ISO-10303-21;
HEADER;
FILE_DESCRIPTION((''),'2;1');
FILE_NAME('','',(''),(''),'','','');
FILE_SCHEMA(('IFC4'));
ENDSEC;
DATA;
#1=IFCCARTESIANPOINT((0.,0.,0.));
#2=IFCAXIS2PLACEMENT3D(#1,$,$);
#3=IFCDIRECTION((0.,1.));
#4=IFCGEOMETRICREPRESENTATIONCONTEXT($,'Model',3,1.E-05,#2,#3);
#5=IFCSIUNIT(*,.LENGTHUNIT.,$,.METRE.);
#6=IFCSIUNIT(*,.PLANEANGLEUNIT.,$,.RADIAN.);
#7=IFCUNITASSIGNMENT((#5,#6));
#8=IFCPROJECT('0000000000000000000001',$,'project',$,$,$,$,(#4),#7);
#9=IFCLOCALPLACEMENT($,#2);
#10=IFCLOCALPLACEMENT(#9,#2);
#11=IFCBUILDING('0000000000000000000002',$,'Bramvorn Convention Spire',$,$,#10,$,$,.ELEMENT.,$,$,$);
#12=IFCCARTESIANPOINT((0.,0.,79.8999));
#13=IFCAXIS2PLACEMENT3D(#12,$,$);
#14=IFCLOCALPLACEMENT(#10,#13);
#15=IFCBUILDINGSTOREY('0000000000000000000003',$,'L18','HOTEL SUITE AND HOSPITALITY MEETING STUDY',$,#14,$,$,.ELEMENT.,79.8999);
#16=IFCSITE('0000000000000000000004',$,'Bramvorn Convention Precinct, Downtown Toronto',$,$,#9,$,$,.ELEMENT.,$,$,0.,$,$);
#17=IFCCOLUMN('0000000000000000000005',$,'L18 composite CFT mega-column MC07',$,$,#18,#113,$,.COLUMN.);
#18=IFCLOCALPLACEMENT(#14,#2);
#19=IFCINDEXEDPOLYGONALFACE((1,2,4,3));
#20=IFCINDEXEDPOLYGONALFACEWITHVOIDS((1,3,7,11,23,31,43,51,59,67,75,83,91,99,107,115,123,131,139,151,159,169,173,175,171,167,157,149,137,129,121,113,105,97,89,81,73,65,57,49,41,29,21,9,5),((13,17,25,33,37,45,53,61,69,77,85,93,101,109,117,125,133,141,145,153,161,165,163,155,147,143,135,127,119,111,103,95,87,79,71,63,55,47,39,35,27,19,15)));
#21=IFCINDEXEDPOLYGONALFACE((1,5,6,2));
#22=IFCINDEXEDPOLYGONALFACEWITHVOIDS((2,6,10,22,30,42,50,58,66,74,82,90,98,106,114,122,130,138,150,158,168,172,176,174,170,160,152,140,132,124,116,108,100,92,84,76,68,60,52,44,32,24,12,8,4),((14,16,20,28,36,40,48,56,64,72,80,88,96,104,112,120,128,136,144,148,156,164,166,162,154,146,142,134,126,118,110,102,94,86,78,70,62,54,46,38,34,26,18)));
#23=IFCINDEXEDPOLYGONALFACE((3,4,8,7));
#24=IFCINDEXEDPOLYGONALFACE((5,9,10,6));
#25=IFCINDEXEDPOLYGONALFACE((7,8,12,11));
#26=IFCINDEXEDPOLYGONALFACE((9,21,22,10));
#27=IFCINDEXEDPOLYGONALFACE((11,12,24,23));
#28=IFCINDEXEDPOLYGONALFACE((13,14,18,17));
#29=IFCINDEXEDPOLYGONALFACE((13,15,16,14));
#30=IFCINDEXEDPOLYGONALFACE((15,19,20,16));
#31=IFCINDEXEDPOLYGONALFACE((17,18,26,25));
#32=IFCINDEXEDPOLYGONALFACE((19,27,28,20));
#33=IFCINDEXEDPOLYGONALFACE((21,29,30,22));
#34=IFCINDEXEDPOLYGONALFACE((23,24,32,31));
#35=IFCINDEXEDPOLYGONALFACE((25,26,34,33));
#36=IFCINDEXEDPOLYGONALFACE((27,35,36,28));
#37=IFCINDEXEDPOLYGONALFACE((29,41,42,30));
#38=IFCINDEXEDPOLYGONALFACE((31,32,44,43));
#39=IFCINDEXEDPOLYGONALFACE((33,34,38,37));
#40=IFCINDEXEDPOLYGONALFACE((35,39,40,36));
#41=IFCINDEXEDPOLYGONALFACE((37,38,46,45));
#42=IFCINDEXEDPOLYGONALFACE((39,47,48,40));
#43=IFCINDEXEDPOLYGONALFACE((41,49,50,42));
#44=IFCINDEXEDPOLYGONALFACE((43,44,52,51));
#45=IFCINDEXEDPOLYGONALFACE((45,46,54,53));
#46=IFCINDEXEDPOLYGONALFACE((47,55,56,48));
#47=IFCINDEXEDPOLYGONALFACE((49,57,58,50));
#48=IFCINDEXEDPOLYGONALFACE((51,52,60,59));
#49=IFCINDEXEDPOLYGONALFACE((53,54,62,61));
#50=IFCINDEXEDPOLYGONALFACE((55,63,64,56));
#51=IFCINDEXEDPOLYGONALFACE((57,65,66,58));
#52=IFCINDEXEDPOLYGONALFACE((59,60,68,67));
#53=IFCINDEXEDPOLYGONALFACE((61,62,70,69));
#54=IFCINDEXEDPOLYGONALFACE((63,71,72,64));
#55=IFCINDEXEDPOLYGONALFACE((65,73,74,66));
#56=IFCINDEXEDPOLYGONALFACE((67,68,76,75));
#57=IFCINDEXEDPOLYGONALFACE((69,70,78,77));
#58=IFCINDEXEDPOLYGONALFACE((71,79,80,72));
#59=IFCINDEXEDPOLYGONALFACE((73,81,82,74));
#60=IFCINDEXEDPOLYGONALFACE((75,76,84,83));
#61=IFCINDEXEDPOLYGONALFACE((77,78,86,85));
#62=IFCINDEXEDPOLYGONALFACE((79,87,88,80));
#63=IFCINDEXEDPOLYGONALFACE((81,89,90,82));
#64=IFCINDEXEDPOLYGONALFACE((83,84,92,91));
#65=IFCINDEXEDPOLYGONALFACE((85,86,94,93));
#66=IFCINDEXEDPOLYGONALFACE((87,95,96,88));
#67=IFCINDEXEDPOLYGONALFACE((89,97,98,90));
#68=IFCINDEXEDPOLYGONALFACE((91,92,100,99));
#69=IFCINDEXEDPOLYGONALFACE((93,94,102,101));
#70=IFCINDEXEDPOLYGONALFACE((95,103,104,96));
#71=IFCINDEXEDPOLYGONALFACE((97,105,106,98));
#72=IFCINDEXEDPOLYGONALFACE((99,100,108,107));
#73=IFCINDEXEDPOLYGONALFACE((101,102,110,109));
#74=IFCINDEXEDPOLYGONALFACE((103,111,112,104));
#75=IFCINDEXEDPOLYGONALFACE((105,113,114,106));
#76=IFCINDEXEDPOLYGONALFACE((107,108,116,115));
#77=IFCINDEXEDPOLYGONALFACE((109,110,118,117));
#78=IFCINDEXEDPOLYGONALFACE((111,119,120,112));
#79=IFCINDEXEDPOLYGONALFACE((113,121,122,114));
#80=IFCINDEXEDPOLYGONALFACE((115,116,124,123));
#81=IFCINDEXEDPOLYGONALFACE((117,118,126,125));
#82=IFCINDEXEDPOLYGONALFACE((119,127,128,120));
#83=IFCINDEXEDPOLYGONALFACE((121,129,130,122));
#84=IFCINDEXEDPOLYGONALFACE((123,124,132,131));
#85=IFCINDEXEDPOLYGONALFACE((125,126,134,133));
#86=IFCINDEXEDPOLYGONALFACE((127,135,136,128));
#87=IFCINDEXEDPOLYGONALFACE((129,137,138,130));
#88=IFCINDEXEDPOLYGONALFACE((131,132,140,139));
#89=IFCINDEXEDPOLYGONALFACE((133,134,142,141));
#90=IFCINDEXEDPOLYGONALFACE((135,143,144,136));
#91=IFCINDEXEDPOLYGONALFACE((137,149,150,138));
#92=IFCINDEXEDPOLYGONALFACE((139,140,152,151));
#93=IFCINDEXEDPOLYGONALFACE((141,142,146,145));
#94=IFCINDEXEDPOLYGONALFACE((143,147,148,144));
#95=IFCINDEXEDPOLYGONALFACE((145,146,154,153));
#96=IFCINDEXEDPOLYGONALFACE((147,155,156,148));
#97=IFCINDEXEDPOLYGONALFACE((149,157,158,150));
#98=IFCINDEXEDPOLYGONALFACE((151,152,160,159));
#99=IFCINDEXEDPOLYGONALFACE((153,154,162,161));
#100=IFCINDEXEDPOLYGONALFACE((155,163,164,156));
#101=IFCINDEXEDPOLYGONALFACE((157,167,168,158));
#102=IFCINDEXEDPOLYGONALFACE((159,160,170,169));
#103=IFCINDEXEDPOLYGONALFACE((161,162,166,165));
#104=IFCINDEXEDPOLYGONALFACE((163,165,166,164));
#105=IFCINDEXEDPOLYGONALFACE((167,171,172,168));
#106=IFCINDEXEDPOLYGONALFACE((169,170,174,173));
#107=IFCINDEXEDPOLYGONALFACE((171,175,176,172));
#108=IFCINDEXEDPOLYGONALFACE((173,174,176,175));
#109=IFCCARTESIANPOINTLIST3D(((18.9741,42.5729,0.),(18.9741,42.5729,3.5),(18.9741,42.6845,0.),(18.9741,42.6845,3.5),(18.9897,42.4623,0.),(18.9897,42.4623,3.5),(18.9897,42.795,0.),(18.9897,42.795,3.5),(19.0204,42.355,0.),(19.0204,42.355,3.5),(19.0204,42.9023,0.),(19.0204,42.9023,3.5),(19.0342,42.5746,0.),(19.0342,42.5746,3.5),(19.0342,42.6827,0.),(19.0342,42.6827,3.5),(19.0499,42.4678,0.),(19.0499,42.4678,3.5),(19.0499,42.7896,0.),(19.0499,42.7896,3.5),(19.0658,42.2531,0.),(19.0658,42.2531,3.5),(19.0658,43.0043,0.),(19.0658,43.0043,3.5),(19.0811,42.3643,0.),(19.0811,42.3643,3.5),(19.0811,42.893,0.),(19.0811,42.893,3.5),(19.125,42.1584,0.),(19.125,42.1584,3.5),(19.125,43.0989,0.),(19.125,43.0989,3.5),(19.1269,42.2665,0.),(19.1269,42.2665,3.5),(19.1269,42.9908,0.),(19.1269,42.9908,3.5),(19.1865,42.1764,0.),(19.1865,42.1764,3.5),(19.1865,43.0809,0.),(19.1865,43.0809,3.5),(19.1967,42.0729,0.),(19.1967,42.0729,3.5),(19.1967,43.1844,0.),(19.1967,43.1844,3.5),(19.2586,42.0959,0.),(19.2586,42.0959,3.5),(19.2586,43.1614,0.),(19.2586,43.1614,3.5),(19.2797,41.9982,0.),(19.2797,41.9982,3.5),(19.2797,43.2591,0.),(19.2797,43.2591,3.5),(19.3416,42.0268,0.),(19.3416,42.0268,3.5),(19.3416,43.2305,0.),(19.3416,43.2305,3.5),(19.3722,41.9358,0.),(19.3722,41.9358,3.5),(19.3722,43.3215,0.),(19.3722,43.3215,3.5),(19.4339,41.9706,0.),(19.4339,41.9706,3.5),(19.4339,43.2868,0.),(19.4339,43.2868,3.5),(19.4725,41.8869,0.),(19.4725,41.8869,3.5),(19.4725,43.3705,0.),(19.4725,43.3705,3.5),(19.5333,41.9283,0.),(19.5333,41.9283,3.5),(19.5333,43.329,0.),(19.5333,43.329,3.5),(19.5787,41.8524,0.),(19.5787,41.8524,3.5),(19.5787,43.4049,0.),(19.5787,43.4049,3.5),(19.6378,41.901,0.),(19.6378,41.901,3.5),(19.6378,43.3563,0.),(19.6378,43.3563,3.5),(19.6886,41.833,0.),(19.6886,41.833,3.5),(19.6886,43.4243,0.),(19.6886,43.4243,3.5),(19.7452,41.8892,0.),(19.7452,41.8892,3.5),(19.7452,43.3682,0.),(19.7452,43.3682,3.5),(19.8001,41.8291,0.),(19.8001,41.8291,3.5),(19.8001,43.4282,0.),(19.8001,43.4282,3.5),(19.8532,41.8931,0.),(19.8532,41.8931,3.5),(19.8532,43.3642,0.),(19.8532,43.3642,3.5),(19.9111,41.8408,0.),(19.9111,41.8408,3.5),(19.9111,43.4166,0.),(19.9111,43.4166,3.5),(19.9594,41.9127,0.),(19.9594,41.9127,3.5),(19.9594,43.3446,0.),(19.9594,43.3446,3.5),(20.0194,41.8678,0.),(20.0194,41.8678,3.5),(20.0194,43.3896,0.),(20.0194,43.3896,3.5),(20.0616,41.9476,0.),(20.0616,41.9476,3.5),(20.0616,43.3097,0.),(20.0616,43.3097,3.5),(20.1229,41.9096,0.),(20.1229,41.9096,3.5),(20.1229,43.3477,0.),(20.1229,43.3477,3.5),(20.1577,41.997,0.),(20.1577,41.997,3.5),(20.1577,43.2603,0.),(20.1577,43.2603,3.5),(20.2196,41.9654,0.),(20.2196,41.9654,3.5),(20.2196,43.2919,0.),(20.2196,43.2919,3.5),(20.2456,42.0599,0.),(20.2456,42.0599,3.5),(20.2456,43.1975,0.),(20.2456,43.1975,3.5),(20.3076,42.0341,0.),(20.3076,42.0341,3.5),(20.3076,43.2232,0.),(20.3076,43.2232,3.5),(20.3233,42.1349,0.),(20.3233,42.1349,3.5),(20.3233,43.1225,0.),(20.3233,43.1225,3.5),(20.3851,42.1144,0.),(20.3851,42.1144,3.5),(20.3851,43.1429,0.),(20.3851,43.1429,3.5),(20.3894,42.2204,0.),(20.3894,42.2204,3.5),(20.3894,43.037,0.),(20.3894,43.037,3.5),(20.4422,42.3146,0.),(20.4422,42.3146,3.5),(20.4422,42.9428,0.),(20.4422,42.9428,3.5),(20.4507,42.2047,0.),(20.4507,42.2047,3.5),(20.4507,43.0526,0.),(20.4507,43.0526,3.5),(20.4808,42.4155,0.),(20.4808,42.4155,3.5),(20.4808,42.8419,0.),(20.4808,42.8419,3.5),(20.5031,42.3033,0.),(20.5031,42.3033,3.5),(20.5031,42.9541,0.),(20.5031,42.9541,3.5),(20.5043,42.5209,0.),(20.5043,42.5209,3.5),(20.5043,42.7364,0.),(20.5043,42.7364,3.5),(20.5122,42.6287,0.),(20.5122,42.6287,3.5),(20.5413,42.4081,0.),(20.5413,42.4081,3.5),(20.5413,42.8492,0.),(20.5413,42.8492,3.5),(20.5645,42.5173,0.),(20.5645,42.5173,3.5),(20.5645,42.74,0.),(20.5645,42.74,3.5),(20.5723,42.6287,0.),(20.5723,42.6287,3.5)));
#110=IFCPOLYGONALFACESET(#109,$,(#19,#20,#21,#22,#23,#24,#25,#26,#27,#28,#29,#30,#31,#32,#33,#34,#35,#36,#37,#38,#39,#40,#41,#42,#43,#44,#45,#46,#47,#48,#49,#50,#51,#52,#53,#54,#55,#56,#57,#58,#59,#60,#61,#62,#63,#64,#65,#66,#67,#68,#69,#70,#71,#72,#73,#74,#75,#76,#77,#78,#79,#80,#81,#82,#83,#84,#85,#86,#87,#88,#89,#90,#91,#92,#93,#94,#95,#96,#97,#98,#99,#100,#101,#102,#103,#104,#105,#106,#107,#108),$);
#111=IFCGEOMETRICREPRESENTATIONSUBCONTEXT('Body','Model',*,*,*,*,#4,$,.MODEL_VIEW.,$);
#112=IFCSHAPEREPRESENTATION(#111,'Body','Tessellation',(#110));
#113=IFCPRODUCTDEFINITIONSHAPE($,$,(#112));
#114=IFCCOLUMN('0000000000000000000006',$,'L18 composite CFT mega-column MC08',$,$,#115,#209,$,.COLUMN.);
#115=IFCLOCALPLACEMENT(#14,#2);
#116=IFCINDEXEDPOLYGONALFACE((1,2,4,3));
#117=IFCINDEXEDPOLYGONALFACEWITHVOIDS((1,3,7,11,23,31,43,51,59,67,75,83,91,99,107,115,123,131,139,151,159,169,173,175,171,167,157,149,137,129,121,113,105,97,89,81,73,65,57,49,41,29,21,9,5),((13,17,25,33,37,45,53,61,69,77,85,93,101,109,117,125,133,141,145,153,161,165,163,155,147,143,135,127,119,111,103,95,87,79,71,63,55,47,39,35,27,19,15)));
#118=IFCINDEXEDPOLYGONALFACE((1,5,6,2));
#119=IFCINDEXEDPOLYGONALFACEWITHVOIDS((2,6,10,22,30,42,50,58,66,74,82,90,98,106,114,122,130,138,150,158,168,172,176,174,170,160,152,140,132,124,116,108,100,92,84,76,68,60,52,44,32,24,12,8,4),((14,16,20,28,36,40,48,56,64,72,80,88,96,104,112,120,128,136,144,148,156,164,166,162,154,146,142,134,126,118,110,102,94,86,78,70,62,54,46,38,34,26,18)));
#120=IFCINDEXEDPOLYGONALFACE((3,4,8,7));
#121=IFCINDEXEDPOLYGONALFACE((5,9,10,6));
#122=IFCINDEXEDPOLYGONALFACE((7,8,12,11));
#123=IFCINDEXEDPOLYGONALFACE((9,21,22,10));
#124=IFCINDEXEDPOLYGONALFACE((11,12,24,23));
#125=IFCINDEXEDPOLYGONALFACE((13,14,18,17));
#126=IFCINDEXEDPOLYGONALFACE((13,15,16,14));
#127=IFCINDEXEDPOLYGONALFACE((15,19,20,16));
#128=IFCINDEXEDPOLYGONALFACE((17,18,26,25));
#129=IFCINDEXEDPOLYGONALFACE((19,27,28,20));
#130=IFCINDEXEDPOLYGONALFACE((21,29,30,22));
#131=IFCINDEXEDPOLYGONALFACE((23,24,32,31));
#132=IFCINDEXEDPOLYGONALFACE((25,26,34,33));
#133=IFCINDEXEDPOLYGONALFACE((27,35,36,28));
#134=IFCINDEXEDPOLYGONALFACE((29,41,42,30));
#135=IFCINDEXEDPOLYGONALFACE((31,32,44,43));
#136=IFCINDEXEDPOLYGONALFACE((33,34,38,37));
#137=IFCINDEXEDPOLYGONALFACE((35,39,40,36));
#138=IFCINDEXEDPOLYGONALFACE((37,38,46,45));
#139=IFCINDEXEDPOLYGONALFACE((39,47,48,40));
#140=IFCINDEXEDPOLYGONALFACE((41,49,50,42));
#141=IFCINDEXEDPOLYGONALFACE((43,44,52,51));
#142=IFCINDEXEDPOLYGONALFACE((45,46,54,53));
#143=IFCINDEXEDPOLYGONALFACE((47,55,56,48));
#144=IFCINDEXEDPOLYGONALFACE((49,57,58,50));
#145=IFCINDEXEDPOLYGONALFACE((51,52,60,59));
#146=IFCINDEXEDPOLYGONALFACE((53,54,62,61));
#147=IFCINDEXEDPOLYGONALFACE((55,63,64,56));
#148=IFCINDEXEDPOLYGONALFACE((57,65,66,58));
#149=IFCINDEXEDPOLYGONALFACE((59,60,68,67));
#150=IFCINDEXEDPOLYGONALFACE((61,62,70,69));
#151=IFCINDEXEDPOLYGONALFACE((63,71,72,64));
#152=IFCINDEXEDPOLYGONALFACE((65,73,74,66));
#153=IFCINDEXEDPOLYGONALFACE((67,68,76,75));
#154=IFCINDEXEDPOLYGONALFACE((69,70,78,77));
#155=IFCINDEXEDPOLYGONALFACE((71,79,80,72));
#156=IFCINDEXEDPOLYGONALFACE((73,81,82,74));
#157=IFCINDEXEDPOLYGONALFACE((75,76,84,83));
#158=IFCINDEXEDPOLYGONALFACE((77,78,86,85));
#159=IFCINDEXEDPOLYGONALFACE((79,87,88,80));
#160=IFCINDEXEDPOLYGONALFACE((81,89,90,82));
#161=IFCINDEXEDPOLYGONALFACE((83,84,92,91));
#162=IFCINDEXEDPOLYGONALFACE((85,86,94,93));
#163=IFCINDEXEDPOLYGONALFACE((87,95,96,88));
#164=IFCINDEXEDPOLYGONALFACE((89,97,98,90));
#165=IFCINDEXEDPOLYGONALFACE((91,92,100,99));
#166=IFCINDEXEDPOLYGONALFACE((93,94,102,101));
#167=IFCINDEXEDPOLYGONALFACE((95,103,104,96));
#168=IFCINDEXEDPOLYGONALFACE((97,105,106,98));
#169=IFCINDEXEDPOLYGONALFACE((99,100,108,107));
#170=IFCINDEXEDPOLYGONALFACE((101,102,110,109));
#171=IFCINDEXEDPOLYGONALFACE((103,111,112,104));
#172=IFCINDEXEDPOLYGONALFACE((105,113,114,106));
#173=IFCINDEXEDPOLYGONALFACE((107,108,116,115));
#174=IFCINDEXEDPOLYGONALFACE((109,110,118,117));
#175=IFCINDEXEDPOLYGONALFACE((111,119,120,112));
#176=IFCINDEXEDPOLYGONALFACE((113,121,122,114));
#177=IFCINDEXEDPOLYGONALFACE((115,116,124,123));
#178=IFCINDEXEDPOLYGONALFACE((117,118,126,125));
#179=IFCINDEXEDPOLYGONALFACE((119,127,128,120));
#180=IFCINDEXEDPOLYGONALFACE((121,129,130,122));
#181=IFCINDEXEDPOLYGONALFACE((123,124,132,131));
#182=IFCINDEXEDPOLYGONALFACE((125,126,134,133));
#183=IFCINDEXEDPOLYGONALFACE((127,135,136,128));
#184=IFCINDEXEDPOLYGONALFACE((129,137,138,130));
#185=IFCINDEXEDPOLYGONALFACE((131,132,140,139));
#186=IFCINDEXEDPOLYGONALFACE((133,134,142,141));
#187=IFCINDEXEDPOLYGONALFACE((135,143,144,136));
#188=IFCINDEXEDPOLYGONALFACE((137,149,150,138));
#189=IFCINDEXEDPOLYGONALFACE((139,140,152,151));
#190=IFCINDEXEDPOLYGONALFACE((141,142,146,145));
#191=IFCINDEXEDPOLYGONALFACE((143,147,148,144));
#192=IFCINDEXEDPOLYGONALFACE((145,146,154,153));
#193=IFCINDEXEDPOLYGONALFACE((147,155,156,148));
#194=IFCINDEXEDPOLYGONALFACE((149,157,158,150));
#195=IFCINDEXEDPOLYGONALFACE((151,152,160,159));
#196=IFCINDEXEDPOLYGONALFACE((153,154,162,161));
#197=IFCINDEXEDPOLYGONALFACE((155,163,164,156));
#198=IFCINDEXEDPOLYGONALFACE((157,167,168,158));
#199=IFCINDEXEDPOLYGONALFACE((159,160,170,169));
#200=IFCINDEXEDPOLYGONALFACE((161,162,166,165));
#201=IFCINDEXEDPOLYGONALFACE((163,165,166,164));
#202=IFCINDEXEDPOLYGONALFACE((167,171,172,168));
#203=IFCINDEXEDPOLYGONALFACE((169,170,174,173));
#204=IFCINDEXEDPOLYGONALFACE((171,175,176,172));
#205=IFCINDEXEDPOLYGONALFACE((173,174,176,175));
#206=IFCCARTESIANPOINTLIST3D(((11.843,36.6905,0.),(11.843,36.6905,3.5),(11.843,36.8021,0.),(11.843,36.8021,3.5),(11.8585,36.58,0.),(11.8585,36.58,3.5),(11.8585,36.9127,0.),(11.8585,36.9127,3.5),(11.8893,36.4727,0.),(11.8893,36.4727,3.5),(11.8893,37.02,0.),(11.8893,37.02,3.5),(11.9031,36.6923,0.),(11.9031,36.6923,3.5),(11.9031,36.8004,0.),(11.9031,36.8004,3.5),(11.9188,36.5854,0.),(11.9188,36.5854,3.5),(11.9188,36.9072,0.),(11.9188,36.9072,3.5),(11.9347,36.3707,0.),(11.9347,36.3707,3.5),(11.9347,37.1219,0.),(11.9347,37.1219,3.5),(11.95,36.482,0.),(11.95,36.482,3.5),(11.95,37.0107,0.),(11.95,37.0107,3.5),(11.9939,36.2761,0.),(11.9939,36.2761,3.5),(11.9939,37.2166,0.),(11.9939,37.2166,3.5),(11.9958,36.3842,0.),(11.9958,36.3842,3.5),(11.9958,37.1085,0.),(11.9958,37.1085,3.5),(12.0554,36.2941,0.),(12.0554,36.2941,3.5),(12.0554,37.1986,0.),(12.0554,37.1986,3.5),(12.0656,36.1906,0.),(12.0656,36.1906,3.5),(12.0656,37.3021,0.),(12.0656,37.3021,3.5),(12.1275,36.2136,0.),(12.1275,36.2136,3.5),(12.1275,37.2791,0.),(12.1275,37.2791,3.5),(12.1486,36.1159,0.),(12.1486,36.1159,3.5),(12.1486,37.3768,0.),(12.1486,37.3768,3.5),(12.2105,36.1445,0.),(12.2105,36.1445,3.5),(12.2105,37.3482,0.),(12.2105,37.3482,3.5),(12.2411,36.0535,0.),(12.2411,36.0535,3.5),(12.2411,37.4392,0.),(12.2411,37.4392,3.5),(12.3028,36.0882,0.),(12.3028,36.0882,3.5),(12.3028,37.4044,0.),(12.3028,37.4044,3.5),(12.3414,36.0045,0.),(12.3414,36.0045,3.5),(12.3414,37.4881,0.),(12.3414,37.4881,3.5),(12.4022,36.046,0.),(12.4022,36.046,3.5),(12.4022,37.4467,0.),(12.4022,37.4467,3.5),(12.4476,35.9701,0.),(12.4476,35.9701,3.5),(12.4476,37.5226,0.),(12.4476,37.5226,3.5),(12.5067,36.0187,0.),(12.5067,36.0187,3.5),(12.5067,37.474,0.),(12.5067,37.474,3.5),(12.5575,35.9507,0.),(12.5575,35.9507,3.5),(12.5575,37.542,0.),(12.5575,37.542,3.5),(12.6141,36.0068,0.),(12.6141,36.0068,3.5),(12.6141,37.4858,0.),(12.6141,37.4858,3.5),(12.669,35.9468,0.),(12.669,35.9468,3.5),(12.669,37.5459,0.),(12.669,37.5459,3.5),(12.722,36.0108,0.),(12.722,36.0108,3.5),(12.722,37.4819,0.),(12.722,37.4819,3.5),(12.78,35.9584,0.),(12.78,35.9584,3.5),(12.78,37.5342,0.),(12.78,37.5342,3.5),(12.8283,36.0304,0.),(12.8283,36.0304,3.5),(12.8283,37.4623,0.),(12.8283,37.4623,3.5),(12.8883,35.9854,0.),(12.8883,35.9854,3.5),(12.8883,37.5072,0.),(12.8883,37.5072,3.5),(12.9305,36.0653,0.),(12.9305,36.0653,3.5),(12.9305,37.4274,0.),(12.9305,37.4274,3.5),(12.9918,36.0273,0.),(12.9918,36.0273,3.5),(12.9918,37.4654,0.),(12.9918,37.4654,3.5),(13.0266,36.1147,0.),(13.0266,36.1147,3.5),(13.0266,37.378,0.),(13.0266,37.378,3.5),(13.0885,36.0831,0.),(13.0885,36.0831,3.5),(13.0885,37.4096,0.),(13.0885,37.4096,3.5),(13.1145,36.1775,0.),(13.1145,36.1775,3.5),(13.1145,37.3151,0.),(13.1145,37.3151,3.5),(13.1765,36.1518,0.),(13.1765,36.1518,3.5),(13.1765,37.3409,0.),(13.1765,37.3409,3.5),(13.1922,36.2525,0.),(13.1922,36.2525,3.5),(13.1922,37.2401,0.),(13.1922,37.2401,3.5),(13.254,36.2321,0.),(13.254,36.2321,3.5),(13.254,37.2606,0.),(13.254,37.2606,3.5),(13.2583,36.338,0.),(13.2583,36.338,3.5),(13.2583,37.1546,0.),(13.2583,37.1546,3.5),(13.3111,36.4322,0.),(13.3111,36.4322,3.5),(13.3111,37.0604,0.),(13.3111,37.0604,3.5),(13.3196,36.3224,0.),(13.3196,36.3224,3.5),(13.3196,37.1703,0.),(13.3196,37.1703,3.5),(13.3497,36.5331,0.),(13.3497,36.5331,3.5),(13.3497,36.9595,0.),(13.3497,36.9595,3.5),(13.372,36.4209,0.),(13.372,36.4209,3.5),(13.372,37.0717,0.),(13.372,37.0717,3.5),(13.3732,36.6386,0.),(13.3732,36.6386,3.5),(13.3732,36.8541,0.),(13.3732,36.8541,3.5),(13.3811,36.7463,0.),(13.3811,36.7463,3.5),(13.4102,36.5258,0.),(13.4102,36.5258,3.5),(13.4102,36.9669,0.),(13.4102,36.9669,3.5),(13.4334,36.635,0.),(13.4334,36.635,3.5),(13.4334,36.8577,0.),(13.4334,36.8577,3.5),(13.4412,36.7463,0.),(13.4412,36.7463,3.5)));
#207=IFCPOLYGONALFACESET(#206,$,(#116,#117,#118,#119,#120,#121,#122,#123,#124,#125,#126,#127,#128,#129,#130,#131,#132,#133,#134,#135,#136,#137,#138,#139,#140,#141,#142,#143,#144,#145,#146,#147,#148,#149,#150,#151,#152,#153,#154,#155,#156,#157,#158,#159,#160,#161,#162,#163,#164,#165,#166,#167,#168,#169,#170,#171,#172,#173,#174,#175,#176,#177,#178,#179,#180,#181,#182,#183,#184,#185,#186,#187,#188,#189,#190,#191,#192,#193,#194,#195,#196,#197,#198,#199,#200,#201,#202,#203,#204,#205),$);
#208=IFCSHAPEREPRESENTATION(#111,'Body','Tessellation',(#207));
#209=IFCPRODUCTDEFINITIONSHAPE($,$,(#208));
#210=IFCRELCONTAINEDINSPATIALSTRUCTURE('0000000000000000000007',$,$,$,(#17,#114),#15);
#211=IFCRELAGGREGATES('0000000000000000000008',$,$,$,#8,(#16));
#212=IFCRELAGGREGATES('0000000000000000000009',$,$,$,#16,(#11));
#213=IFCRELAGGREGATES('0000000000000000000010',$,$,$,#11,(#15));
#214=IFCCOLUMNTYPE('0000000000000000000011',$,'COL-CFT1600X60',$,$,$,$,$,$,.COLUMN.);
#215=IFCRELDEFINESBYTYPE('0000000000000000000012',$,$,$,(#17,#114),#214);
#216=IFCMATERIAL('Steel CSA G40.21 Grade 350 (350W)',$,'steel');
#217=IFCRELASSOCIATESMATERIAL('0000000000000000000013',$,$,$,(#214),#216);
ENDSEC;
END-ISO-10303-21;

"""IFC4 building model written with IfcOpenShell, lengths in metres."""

from ifc_helpers import new_model, si_unit, direction, frame, origin, origin_2d, place, context, subcontext, project, spatial, hollow_circle, extrude, material, material_profile, profile_set, type_object, element, save


model = new_model("IFC4")

# Units and contexts
model_context = context("Model", 3, precision=1e-05, world=origin(), true_north=direction((0.0, 1.0)))
body_context = subcontext(model_context, "Body", "Model", "MODEL_VIEW")
ifc_project = project(units=[si_unit("LENGTHUNIT", "METRE"), si_unit("PLANEANGLEUNIT", "RADIAN")], contexts=[model_context])

# Site, building, storey
site_placement = place(None, origin())
site = spatial("IfcSite", under=ifc_project, at=site_placement, Name="Bramvorn Convention Precinct, Downtown Toronto", CompositionType="ELEMENT", RefElevation=0.0)
building_placement = place(site_placement, origin())
building = spatial("IfcBuilding", under=site, at=building_placement, Name="Bramvorn Convention Spire", CompositionType="ELEMENT")
storey_placement = place(building_placement, frame((0.0, 0.0, 79.8999)))
storey = spatial("IfcBuildingStorey", under=building, at=storey_placement, Name="L18", Description="HOTEL SUITE AND HOSPITALITY MEETING STUDY", CompositionType="ELEMENT", Elevation=79.8999)

# Columns
ifc_material_1 = material(Name="Steel CSA G40.21 Grade 350 (350W)", Category="steel")
ifc_material_profile_1 = material_profile(ifc_material_1, hollow_circle(Radius=0.8, WallThickness=0.0601, at=origin_2d()))
ifc_profile_set_1 = profile_set([ifc_material_profile_1], Name="Steel CSA G40.21 Grade 350 (350W) - CFT1600X60")
column_type = type_object("IfcColumnType", Name="COL-CFT1600X60", PredefinedType="COLUMN", material=ifc_profile_set_1)
for number, where, z_axis, x_axis, name in (
    (1, (19.7722, 42.6287, 0.0), (0.0, 0.0, 1.0), (1.0, 0.0, 0.0), "L18 composite CFT mega-column MC07"),
    (2, (12.6411, 36.7463, 0.0), (0.0, 0.0, 1.0), (1.0, 0.0, 0.0), "L18 composite CFT mega-column MC08"),
):
    element("IfcColumn", number, at=place(storey_placement, frame(where, z_axis=z_axis, x_axis=x_axis)), inside=storey, type_object=column_type, Name=name, PredefinedType="COLUMN", context=body_context, shape_type="SweptSolid", body=[
        extrude(hollow_circle(Radius=0.8, WallThickness=0.0601, at=origin_2d()), origin(), (0.0, 0.0, 1.0), 3.5),
    ])

save(model, "model.ifc")
